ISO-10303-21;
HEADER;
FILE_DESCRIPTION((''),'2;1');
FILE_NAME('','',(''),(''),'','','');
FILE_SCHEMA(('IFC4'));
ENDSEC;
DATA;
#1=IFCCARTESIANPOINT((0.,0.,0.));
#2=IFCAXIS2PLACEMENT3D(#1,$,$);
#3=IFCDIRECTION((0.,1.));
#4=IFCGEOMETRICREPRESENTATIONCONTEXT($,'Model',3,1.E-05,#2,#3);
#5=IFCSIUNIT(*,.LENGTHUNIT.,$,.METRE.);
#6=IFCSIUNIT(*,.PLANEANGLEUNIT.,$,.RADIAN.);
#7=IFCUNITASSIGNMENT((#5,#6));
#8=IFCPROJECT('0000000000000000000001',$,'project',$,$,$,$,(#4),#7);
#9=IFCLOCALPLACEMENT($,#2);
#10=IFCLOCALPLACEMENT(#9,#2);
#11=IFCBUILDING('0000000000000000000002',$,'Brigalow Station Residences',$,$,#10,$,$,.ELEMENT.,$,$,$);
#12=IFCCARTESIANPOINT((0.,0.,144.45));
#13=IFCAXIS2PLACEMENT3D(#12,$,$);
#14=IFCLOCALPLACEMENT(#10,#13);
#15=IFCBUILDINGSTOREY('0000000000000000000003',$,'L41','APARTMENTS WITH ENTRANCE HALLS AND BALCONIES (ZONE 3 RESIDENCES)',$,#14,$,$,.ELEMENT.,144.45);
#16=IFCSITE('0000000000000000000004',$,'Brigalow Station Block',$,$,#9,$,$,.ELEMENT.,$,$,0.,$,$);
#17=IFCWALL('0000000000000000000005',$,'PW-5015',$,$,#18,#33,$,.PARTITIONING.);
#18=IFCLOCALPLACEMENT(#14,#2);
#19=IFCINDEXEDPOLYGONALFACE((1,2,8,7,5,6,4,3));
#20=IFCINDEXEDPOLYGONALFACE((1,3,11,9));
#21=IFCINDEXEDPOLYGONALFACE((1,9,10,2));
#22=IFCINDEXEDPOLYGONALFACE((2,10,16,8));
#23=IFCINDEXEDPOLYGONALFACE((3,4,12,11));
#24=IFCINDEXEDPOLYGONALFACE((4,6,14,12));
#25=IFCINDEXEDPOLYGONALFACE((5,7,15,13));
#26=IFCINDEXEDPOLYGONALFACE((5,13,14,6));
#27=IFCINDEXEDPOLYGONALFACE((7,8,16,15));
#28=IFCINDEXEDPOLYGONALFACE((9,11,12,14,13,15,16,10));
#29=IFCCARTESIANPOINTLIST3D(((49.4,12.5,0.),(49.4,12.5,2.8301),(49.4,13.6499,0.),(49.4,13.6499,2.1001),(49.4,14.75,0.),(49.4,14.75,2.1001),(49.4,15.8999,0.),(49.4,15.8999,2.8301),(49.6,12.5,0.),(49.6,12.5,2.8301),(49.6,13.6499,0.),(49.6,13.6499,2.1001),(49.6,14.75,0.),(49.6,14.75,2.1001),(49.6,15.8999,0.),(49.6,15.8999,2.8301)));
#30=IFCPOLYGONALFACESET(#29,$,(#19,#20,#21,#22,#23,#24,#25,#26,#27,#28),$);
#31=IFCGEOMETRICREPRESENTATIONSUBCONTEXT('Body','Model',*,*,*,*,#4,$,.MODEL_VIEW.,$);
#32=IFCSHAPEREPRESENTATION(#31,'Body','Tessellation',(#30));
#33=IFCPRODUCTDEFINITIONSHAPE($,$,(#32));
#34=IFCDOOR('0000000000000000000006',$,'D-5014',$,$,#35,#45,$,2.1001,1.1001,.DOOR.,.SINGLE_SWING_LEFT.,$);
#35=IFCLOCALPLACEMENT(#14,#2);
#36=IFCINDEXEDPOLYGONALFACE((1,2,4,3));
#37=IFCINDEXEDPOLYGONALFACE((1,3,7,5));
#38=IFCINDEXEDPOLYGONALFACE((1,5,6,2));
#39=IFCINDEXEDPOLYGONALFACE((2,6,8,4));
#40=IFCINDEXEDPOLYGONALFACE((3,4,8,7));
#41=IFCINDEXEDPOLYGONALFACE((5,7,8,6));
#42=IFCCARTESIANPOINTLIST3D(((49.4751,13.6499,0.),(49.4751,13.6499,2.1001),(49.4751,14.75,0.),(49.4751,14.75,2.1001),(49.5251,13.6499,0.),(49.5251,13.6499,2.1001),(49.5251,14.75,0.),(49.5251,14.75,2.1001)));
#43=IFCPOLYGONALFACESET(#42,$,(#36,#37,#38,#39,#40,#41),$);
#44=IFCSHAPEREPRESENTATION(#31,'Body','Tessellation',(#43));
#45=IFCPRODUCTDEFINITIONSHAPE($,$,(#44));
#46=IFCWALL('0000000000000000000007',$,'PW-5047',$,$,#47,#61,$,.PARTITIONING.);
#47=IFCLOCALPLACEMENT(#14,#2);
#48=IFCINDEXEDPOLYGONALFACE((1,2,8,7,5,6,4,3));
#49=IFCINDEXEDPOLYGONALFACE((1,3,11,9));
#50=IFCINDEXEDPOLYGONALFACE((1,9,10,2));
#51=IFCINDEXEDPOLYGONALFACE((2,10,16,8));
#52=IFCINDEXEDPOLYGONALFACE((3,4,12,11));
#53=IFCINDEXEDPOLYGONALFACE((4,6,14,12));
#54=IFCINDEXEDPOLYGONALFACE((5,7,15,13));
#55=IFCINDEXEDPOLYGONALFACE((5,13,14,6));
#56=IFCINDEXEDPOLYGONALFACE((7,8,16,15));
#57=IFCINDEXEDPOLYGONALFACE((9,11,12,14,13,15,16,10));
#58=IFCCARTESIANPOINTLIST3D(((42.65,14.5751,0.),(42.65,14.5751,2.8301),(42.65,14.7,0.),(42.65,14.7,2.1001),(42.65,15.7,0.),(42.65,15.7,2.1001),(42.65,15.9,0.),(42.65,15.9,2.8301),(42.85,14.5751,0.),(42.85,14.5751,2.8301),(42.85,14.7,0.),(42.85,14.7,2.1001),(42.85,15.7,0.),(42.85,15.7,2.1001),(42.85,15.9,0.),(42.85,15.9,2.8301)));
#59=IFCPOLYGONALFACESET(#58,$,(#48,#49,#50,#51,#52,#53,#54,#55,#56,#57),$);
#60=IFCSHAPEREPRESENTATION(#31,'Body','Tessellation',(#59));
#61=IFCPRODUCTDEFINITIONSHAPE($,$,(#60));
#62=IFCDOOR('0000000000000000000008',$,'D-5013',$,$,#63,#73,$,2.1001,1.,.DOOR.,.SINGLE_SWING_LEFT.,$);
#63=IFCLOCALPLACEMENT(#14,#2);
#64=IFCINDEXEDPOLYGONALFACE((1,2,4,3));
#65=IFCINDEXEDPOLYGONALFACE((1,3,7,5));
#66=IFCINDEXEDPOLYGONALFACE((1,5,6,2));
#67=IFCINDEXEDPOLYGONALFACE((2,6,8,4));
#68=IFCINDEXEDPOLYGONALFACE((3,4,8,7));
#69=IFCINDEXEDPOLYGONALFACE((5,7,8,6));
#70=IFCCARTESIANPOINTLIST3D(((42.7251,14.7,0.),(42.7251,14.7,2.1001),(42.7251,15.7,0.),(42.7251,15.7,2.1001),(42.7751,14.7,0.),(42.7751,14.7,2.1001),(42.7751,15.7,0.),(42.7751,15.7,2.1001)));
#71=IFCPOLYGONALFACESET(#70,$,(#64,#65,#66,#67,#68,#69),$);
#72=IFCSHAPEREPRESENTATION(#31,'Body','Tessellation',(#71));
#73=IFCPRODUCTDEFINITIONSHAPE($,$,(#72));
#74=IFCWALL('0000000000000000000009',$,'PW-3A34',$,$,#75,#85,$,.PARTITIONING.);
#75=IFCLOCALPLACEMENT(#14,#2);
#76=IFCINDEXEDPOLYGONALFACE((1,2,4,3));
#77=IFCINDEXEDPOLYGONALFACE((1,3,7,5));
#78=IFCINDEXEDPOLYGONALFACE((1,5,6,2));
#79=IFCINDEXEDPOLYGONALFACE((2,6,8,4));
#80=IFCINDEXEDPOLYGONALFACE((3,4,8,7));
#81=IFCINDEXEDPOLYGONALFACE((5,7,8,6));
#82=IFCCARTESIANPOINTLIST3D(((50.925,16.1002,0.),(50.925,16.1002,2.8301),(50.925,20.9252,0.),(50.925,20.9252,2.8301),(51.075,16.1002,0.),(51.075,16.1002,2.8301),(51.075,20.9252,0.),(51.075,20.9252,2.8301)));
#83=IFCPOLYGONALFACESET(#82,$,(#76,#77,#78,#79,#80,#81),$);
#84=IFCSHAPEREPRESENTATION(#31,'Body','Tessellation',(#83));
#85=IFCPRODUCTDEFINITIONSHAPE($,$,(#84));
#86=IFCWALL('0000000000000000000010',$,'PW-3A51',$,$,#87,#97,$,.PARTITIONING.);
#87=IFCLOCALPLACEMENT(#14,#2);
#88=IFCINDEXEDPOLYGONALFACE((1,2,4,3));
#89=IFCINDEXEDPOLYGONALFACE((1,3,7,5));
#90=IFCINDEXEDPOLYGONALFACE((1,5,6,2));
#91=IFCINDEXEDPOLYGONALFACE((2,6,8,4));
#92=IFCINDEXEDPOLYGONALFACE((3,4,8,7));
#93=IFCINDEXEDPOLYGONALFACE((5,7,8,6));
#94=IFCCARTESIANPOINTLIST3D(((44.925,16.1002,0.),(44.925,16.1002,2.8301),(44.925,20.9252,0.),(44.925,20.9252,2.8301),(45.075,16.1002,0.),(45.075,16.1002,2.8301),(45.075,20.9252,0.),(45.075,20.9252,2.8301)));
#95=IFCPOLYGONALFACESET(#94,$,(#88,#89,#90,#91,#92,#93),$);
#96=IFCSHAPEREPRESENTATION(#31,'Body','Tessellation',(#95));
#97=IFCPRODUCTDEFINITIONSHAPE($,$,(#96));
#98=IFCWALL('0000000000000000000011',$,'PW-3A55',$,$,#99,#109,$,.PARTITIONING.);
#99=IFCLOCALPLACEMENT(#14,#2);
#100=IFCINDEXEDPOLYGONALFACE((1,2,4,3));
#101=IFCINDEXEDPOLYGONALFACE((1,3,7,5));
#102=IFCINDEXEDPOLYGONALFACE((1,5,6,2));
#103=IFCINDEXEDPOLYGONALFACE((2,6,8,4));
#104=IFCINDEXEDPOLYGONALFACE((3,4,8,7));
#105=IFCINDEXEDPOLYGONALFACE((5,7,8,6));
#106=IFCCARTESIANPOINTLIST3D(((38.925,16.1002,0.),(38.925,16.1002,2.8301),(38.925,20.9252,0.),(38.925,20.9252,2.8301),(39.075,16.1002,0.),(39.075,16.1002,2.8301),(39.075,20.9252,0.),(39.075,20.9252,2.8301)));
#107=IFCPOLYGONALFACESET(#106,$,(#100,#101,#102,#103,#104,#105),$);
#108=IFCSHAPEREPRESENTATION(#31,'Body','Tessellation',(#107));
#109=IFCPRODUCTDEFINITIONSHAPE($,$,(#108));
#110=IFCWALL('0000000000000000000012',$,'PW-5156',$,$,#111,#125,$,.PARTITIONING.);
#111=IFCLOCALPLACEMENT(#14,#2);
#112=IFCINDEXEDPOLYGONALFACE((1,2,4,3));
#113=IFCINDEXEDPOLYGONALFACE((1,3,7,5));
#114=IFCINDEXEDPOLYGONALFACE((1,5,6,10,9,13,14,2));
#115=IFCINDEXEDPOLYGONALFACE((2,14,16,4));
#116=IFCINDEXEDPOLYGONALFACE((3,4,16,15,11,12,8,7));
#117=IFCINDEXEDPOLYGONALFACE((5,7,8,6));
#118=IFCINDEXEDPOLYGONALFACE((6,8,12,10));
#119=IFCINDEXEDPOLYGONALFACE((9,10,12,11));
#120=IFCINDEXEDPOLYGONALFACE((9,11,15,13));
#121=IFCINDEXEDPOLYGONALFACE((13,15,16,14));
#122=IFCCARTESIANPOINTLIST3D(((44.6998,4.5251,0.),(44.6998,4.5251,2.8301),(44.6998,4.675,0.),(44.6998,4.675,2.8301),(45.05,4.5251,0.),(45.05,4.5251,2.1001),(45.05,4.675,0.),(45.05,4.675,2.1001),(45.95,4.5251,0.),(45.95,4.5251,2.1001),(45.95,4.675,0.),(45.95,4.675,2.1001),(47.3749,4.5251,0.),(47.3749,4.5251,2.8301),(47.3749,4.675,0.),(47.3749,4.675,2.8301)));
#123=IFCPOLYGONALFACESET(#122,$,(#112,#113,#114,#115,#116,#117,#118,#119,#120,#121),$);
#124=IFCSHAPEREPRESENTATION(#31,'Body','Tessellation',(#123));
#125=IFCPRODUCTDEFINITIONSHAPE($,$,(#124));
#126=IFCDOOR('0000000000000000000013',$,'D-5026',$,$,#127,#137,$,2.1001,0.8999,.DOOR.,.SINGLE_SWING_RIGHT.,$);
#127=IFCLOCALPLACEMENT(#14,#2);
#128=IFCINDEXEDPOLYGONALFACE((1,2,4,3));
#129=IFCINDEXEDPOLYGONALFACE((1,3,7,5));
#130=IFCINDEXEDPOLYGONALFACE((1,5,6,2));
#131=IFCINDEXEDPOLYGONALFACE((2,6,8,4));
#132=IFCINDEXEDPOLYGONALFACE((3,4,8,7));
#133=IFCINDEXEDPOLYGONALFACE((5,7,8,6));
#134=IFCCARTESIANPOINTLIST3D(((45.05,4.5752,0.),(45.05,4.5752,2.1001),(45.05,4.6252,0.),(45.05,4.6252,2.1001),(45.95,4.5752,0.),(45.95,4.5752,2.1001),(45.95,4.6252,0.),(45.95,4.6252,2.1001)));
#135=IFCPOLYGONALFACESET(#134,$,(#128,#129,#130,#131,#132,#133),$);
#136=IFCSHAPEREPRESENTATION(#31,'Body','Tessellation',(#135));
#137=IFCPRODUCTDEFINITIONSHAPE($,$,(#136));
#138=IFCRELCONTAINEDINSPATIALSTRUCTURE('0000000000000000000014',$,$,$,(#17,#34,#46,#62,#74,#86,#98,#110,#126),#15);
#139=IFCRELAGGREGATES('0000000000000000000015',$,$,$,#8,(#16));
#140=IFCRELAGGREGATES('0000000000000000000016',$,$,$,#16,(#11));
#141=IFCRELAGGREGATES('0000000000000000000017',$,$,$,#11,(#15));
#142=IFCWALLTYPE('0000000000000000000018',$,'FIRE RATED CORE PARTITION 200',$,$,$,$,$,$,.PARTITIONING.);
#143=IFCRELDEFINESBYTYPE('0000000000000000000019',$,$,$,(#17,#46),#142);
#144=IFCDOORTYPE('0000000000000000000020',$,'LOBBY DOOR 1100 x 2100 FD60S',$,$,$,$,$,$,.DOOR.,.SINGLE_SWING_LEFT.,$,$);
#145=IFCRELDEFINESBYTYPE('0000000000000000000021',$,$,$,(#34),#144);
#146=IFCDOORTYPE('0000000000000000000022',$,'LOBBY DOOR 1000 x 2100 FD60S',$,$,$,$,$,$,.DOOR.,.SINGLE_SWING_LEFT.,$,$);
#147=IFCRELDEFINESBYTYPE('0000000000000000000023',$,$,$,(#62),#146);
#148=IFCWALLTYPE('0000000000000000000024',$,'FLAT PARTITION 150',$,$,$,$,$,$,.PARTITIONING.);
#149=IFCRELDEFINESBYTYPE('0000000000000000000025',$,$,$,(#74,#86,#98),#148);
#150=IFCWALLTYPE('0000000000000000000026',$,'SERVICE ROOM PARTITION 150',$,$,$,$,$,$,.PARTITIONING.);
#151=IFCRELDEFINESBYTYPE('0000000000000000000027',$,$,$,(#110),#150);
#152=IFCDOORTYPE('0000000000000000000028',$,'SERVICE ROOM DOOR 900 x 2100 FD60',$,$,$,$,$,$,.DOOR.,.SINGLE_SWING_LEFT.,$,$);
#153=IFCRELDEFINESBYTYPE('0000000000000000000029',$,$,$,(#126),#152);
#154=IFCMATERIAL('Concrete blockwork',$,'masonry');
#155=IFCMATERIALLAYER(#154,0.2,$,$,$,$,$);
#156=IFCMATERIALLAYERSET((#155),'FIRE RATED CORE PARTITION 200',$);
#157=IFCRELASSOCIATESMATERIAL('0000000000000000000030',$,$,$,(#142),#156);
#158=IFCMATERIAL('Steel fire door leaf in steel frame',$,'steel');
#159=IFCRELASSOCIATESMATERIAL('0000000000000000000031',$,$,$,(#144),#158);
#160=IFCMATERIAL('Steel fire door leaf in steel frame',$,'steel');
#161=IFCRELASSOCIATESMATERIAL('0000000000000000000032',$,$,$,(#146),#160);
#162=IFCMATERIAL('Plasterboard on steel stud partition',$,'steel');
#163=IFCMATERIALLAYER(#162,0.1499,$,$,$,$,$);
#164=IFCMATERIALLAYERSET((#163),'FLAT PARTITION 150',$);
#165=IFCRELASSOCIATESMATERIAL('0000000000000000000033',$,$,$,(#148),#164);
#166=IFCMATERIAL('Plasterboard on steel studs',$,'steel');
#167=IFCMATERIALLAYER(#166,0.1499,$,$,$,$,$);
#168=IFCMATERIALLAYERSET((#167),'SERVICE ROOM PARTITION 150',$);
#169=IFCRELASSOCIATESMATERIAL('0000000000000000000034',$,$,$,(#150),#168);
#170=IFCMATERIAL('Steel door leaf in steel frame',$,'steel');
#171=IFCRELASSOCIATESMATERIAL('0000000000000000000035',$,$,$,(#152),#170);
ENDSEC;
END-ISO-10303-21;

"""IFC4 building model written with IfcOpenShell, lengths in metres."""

from ifc_helpers import new_model, si_unit, direction, frame, frame_2d, origin, place, context, subcontext, project, spatial, rectangle, extrude, material, layer, layer_set, type_object, element, fill, save


model = new_model("IFC4")

# Units and contexts
model_context = context("Model", 3, precision=1e-05, world=origin(), true_north=direction((0.0, 1.0)))
body_context = subcontext(model_context, "Body", "Model", "MODEL_VIEW")
ifc_project = project(units=[si_unit("LENGTHUNIT", "METRE"), si_unit("PLANEANGLEUNIT", "RADIAN")], contexts=[model_context])

# Site, building, storey
site_placement = place(None, origin())
site = spatial("IfcSite", under=ifc_project, at=site_placement, Name="Brigalow Station Block", CompositionType="ELEMENT", RefElevation=0.0)
building_placement = place(site_placement, origin())
building = spatial("IfcBuilding", under=site, at=building_placement, Name="Brigalow Station Residences", CompositionType="ELEMENT")
storey_placement = place(building_placement, frame((0.0, 0.0, 144.45)))
storey = spatial("IfcBuildingStorey", under=building, at=storey_placement, Name="L41", Description="APARTMENTS WITH ENTRANCE HALLS AND BALCONIES (ZONE 3 RESIDENCES)", CompositionType="ELEMENT", Elevation=144.45)

# Shared definitions
ifc_material_1 = material(Name="Concrete blockwork", Category="masonry")
ifc_layer_1 = layer(ifc_material_1, 0.2)
ifc_layer_set_1 = layer_set([ifc_layer_1], Name="FIRE RATED CORE PARTITION 200")
wall_type_1 = type_object("IfcWallType", Name="FIRE RATED CORE PARTITION 200", PredefinedType="PARTITIONING", material=ifc_layer_set_1)

# Walls, openings, doors
wall_1_placement = place(storey_placement, frame((49.5, 12.5, 0.0), z_axis=(0.0, 0.0, 1.0), x_axis=(0.0, 1.0, 0.0)))
wall_1 = element("IfcWall", 1, at=wall_1_placement, inside=storey, type_object=wall_type_1, Name="PW-5015", PredefinedType="PARTITIONING", context=body_context, shape_type="SweptSolid", body=[
    extrude(rectangle(XDim=3.3999, YDim=0.2, at=frame_2d((1.7, 0.0))), origin(), (0.0, 0.0, 1.0), 2.8301),
])
opening_1_placement = place(wall_1_placement, frame((1.1499, 0.0, 0.0)))
opening_1 = element("IfcOpeningElement", 2, at=opening_1_placement, cuts=wall_1, PredefinedType="OPENING", context=body_context, shape_type="SweptSolid", body=[
    extrude(rectangle(XDim=1.1001, YDim=2.1001, at=frame_2d((0.55, 1.05))), frame((0.0, 0.1099, 0.0), z_axis=(0.0, -1.0, 0.0), x_axis=(1.0, 0.0, 0.0)), (0.0, 0.0, 1.0), 0.22),
])
ifc_material_2 = material(Name="Steel fire door leaf in steel frame", Category="steel")
door_type_1 = type_object("IfcDoorType", Name="LOBBY DOOR 1100 x 2100 FD60S", OperationType="SINGLE_SWING_LEFT", PredefinedType="DOOR", material=ifc_material_2)
door_1_placement = place(opening_1_placement, origin())
door_1 = element("IfcDoor", 3, at=door_1_placement, inside=storey, type_object=door_type_1, Name="D-5014", OperationType="SINGLE_SWING_LEFT", OverallHeight=2.1001, OverallWidth=1.1001, PredefinedType="DOOR", context=body_context, shape_type="SweptSolid", body=[
    extrude(rectangle(XDim=1.1001, YDim=2.1001, at=frame_2d((0.55, 1.05))), frame((0.0, 0.0249, 0.0), z_axis=(0.0, -1.0, 0.0), x_axis=(1.0, 0.0, 0.0)), (0.0, 0.0, 1.0), 0.05),
])
fill(opening_1, door_1)
wall_2_placement = place(storey_placement, frame((42.75, 14.575, 0.0), z_axis=(0.0, 0.0, 1.0), x_axis=(0.0, 1.0, 0.0)))
wall_2 = element("IfcWall", 4, at=wall_2_placement, inside=storey, type_object=wall_type_1, Name="PW-5047", PredefinedType="PARTITIONING", context=body_context, shape_type="SweptSolid", body=[
    extrude(rectangle(XDim=1.325, YDim=0.2, at=frame_2d((0.6626, 0.0))), origin(), (0.0, 0.0, 1.0), 2.8301),
])
opening_2_placement = place(wall_2_placement, frame((0.125, 0.0, 0.0)))
opening_2 = element("IfcOpeningElement", 5, at=opening_2_placement, cuts=wall_2, PredefinedType="OPENING", context=body_context, shape_type="SweptSolid", body=[
    extrude(rectangle(XDim=1.0, YDim=2.1001, at=frame_2d((0.5, 1.05))), frame((0.0, 0.1099, 0.0), z_axis=(0.0, -1.0, 0.0), x_axis=(1.0, 0.0, 0.0)), (0.0, 0.0, 1.0), 0.22),
])
ifc_material_3 = material(Name="Steel fire door leaf in steel frame", Category="steel")
door_type_2 = type_object("IfcDoorType", Name="LOBBY DOOR 1000 x 2100 FD60S", OperationType="SINGLE_SWING_LEFT", PredefinedType="DOOR", material=ifc_material_3)
door_2_placement = place(opening_2_placement, origin())
door_2 = element("IfcDoor", 6, at=door_2_placement, inside=storey, type_object=door_type_2, Name="D-5013", OperationType="SINGLE_SWING_LEFT", OverallHeight=2.1001, OverallWidth=1.0, PredefinedType="DOOR", context=body_context, shape_type="SweptSolid", body=[
    extrude(rectangle(XDim=1.0, YDim=2.1001, at=frame_2d((0.5, 1.05))), frame((0.0, 0.0249, 0.0), z_axis=(0.0, -1.0, 0.0), x_axis=(1.0, 0.0, 0.0)), (0.0, 0.0, 1.0), 0.05),
])
fill(opening_2, door_2)

# Walls
ifc_material_4 = material(Name="Plasterboard on steel stud partition", Category="steel")
ifc_layer_2 = layer(ifc_material_4, 0.1499)
ifc_layer_set_2 = layer_set([ifc_layer_2], Name="FLAT PARTITION 150")
wall_type_2 = type_object("IfcWallType", Name="FLAT PARTITION 150", PredefinedType="PARTITIONING", material=ifc_layer_set_2)
for number, where, z_axis, x_axis, name in (
    (7, (51.0, 16.1001, 0.0), (0.0, 0.0, 1.0), (0.0, 1.0, 0.0), "PW-3A34"),
    (8, (45.0, 16.1001, 0.0), (0.0, 0.0, 1.0), (0.0, 1.0, 0.0), "PW-3A51"),
    (9, (39.0, 16.1001, 0.0), (0.0, 0.0, 1.0), (0.0, 1.0, 0.0), "PW-3A55"),
):
    element("IfcWall", number, at=place(storey_placement, frame(where, z_axis=z_axis, x_axis=x_axis)), inside=storey, type_object=wall_type_2, Name=name, PredefinedType="PARTITIONING", context=body_context, shape_type="SweptSolid", body=[
        extrude(rectangle(XDim=4.825, YDim=0.1499, at=frame_2d((2.4126, 0.0))), origin(), (0.0, 0.0, 1.0), 2.8301),
    ])

# Wall, opening, door
ifc_material_5 = material(Name="Plasterboard on steel studs", Category="steel")
ifc_layer_3 = layer(ifc_material_5, 0.1499)
ifc_layer_set_3 = layer_set([ifc_layer_3], Name="SERVICE ROOM PARTITION 150")
wall_type_3 = type_object("IfcWallType", Name="SERVICE ROOM PARTITION 150", PredefinedType="PARTITIONING", material=ifc_layer_set_3)
wall_3_placement = place(storey_placement, frame((44.7, 4.6001, 0.0), z_axis=(0.0, 0.0, 1.0), x_axis=(1.0, 0.0, 0.0)))
wall_3 = element("IfcWall", 10, at=wall_3_placement, inside=storey, type_object=wall_type_3, Name="PW-5156", PredefinedType="PARTITIONING", context=body_context, shape_type="SweptSolid", body=[
    extrude(rectangle(XDim=2.675, YDim=0.1499, at=frame_2d((1.3374, 0.0))), origin(), (0.0, 0.0, 1.0), 2.8301),
])
opening_3_placement = place(wall_3_placement, frame((0.3501, 0.0, 0.0)))
opening_3 = element("IfcOpeningElement", 11, at=opening_3_placement, cuts=wall_3, PredefinedType="OPENING", context=body_context, shape_type="SweptSolid", body=[
    extrude(rectangle(XDim=0.8999, YDim=2.1001, at=frame_2d((0.45, 1.05))), frame((0.0, 0.085, 0.0), z_axis=(0.0, -1.0, 0.0), x_axis=(1.0, 0.0, 0.0)), (0.0, 0.0, 1.0), 0.1699),
])
ifc_material_6 = material(Name="Steel door leaf in steel frame", Category="steel")
door_type_3 = type_object("IfcDoorType", Name="SERVICE ROOM DOOR 900 x 2100 FD60", OperationType="SINGLE_SWING_LEFT", PredefinedType="DOOR", material=ifc_material_6)
door_3_placement = place(opening_3_placement, frame((0.8999, 0.0, 0.0), z_axis=(0.0, 0.0, 1.0), x_axis=(-1.0, 0.0, 0.0)))
door_3 = element("IfcDoor", 12, at=door_3_placement, inside=storey, type_object=door_type_3, Name="D-5026", OperationType="SINGLE_SWING_RIGHT", OverallHeight=2.1001, OverallWidth=0.8999, PredefinedType="DOOR", context=body_context, shape_type="SweptSolid", body=[
    extrude(rectangle(XDim=0.8999, YDim=2.1001, at=frame_2d((0.45, 1.05))), frame((0.0, 0.0249, 0.0), z_axis=(0.0, -1.0, 0.0), x_axis=(1.0, 0.0, 0.0)), (0.0, 0.0, 1.0), 0.05),
])
fill(opening_3, door_3)

save(model, "model.ifc")
